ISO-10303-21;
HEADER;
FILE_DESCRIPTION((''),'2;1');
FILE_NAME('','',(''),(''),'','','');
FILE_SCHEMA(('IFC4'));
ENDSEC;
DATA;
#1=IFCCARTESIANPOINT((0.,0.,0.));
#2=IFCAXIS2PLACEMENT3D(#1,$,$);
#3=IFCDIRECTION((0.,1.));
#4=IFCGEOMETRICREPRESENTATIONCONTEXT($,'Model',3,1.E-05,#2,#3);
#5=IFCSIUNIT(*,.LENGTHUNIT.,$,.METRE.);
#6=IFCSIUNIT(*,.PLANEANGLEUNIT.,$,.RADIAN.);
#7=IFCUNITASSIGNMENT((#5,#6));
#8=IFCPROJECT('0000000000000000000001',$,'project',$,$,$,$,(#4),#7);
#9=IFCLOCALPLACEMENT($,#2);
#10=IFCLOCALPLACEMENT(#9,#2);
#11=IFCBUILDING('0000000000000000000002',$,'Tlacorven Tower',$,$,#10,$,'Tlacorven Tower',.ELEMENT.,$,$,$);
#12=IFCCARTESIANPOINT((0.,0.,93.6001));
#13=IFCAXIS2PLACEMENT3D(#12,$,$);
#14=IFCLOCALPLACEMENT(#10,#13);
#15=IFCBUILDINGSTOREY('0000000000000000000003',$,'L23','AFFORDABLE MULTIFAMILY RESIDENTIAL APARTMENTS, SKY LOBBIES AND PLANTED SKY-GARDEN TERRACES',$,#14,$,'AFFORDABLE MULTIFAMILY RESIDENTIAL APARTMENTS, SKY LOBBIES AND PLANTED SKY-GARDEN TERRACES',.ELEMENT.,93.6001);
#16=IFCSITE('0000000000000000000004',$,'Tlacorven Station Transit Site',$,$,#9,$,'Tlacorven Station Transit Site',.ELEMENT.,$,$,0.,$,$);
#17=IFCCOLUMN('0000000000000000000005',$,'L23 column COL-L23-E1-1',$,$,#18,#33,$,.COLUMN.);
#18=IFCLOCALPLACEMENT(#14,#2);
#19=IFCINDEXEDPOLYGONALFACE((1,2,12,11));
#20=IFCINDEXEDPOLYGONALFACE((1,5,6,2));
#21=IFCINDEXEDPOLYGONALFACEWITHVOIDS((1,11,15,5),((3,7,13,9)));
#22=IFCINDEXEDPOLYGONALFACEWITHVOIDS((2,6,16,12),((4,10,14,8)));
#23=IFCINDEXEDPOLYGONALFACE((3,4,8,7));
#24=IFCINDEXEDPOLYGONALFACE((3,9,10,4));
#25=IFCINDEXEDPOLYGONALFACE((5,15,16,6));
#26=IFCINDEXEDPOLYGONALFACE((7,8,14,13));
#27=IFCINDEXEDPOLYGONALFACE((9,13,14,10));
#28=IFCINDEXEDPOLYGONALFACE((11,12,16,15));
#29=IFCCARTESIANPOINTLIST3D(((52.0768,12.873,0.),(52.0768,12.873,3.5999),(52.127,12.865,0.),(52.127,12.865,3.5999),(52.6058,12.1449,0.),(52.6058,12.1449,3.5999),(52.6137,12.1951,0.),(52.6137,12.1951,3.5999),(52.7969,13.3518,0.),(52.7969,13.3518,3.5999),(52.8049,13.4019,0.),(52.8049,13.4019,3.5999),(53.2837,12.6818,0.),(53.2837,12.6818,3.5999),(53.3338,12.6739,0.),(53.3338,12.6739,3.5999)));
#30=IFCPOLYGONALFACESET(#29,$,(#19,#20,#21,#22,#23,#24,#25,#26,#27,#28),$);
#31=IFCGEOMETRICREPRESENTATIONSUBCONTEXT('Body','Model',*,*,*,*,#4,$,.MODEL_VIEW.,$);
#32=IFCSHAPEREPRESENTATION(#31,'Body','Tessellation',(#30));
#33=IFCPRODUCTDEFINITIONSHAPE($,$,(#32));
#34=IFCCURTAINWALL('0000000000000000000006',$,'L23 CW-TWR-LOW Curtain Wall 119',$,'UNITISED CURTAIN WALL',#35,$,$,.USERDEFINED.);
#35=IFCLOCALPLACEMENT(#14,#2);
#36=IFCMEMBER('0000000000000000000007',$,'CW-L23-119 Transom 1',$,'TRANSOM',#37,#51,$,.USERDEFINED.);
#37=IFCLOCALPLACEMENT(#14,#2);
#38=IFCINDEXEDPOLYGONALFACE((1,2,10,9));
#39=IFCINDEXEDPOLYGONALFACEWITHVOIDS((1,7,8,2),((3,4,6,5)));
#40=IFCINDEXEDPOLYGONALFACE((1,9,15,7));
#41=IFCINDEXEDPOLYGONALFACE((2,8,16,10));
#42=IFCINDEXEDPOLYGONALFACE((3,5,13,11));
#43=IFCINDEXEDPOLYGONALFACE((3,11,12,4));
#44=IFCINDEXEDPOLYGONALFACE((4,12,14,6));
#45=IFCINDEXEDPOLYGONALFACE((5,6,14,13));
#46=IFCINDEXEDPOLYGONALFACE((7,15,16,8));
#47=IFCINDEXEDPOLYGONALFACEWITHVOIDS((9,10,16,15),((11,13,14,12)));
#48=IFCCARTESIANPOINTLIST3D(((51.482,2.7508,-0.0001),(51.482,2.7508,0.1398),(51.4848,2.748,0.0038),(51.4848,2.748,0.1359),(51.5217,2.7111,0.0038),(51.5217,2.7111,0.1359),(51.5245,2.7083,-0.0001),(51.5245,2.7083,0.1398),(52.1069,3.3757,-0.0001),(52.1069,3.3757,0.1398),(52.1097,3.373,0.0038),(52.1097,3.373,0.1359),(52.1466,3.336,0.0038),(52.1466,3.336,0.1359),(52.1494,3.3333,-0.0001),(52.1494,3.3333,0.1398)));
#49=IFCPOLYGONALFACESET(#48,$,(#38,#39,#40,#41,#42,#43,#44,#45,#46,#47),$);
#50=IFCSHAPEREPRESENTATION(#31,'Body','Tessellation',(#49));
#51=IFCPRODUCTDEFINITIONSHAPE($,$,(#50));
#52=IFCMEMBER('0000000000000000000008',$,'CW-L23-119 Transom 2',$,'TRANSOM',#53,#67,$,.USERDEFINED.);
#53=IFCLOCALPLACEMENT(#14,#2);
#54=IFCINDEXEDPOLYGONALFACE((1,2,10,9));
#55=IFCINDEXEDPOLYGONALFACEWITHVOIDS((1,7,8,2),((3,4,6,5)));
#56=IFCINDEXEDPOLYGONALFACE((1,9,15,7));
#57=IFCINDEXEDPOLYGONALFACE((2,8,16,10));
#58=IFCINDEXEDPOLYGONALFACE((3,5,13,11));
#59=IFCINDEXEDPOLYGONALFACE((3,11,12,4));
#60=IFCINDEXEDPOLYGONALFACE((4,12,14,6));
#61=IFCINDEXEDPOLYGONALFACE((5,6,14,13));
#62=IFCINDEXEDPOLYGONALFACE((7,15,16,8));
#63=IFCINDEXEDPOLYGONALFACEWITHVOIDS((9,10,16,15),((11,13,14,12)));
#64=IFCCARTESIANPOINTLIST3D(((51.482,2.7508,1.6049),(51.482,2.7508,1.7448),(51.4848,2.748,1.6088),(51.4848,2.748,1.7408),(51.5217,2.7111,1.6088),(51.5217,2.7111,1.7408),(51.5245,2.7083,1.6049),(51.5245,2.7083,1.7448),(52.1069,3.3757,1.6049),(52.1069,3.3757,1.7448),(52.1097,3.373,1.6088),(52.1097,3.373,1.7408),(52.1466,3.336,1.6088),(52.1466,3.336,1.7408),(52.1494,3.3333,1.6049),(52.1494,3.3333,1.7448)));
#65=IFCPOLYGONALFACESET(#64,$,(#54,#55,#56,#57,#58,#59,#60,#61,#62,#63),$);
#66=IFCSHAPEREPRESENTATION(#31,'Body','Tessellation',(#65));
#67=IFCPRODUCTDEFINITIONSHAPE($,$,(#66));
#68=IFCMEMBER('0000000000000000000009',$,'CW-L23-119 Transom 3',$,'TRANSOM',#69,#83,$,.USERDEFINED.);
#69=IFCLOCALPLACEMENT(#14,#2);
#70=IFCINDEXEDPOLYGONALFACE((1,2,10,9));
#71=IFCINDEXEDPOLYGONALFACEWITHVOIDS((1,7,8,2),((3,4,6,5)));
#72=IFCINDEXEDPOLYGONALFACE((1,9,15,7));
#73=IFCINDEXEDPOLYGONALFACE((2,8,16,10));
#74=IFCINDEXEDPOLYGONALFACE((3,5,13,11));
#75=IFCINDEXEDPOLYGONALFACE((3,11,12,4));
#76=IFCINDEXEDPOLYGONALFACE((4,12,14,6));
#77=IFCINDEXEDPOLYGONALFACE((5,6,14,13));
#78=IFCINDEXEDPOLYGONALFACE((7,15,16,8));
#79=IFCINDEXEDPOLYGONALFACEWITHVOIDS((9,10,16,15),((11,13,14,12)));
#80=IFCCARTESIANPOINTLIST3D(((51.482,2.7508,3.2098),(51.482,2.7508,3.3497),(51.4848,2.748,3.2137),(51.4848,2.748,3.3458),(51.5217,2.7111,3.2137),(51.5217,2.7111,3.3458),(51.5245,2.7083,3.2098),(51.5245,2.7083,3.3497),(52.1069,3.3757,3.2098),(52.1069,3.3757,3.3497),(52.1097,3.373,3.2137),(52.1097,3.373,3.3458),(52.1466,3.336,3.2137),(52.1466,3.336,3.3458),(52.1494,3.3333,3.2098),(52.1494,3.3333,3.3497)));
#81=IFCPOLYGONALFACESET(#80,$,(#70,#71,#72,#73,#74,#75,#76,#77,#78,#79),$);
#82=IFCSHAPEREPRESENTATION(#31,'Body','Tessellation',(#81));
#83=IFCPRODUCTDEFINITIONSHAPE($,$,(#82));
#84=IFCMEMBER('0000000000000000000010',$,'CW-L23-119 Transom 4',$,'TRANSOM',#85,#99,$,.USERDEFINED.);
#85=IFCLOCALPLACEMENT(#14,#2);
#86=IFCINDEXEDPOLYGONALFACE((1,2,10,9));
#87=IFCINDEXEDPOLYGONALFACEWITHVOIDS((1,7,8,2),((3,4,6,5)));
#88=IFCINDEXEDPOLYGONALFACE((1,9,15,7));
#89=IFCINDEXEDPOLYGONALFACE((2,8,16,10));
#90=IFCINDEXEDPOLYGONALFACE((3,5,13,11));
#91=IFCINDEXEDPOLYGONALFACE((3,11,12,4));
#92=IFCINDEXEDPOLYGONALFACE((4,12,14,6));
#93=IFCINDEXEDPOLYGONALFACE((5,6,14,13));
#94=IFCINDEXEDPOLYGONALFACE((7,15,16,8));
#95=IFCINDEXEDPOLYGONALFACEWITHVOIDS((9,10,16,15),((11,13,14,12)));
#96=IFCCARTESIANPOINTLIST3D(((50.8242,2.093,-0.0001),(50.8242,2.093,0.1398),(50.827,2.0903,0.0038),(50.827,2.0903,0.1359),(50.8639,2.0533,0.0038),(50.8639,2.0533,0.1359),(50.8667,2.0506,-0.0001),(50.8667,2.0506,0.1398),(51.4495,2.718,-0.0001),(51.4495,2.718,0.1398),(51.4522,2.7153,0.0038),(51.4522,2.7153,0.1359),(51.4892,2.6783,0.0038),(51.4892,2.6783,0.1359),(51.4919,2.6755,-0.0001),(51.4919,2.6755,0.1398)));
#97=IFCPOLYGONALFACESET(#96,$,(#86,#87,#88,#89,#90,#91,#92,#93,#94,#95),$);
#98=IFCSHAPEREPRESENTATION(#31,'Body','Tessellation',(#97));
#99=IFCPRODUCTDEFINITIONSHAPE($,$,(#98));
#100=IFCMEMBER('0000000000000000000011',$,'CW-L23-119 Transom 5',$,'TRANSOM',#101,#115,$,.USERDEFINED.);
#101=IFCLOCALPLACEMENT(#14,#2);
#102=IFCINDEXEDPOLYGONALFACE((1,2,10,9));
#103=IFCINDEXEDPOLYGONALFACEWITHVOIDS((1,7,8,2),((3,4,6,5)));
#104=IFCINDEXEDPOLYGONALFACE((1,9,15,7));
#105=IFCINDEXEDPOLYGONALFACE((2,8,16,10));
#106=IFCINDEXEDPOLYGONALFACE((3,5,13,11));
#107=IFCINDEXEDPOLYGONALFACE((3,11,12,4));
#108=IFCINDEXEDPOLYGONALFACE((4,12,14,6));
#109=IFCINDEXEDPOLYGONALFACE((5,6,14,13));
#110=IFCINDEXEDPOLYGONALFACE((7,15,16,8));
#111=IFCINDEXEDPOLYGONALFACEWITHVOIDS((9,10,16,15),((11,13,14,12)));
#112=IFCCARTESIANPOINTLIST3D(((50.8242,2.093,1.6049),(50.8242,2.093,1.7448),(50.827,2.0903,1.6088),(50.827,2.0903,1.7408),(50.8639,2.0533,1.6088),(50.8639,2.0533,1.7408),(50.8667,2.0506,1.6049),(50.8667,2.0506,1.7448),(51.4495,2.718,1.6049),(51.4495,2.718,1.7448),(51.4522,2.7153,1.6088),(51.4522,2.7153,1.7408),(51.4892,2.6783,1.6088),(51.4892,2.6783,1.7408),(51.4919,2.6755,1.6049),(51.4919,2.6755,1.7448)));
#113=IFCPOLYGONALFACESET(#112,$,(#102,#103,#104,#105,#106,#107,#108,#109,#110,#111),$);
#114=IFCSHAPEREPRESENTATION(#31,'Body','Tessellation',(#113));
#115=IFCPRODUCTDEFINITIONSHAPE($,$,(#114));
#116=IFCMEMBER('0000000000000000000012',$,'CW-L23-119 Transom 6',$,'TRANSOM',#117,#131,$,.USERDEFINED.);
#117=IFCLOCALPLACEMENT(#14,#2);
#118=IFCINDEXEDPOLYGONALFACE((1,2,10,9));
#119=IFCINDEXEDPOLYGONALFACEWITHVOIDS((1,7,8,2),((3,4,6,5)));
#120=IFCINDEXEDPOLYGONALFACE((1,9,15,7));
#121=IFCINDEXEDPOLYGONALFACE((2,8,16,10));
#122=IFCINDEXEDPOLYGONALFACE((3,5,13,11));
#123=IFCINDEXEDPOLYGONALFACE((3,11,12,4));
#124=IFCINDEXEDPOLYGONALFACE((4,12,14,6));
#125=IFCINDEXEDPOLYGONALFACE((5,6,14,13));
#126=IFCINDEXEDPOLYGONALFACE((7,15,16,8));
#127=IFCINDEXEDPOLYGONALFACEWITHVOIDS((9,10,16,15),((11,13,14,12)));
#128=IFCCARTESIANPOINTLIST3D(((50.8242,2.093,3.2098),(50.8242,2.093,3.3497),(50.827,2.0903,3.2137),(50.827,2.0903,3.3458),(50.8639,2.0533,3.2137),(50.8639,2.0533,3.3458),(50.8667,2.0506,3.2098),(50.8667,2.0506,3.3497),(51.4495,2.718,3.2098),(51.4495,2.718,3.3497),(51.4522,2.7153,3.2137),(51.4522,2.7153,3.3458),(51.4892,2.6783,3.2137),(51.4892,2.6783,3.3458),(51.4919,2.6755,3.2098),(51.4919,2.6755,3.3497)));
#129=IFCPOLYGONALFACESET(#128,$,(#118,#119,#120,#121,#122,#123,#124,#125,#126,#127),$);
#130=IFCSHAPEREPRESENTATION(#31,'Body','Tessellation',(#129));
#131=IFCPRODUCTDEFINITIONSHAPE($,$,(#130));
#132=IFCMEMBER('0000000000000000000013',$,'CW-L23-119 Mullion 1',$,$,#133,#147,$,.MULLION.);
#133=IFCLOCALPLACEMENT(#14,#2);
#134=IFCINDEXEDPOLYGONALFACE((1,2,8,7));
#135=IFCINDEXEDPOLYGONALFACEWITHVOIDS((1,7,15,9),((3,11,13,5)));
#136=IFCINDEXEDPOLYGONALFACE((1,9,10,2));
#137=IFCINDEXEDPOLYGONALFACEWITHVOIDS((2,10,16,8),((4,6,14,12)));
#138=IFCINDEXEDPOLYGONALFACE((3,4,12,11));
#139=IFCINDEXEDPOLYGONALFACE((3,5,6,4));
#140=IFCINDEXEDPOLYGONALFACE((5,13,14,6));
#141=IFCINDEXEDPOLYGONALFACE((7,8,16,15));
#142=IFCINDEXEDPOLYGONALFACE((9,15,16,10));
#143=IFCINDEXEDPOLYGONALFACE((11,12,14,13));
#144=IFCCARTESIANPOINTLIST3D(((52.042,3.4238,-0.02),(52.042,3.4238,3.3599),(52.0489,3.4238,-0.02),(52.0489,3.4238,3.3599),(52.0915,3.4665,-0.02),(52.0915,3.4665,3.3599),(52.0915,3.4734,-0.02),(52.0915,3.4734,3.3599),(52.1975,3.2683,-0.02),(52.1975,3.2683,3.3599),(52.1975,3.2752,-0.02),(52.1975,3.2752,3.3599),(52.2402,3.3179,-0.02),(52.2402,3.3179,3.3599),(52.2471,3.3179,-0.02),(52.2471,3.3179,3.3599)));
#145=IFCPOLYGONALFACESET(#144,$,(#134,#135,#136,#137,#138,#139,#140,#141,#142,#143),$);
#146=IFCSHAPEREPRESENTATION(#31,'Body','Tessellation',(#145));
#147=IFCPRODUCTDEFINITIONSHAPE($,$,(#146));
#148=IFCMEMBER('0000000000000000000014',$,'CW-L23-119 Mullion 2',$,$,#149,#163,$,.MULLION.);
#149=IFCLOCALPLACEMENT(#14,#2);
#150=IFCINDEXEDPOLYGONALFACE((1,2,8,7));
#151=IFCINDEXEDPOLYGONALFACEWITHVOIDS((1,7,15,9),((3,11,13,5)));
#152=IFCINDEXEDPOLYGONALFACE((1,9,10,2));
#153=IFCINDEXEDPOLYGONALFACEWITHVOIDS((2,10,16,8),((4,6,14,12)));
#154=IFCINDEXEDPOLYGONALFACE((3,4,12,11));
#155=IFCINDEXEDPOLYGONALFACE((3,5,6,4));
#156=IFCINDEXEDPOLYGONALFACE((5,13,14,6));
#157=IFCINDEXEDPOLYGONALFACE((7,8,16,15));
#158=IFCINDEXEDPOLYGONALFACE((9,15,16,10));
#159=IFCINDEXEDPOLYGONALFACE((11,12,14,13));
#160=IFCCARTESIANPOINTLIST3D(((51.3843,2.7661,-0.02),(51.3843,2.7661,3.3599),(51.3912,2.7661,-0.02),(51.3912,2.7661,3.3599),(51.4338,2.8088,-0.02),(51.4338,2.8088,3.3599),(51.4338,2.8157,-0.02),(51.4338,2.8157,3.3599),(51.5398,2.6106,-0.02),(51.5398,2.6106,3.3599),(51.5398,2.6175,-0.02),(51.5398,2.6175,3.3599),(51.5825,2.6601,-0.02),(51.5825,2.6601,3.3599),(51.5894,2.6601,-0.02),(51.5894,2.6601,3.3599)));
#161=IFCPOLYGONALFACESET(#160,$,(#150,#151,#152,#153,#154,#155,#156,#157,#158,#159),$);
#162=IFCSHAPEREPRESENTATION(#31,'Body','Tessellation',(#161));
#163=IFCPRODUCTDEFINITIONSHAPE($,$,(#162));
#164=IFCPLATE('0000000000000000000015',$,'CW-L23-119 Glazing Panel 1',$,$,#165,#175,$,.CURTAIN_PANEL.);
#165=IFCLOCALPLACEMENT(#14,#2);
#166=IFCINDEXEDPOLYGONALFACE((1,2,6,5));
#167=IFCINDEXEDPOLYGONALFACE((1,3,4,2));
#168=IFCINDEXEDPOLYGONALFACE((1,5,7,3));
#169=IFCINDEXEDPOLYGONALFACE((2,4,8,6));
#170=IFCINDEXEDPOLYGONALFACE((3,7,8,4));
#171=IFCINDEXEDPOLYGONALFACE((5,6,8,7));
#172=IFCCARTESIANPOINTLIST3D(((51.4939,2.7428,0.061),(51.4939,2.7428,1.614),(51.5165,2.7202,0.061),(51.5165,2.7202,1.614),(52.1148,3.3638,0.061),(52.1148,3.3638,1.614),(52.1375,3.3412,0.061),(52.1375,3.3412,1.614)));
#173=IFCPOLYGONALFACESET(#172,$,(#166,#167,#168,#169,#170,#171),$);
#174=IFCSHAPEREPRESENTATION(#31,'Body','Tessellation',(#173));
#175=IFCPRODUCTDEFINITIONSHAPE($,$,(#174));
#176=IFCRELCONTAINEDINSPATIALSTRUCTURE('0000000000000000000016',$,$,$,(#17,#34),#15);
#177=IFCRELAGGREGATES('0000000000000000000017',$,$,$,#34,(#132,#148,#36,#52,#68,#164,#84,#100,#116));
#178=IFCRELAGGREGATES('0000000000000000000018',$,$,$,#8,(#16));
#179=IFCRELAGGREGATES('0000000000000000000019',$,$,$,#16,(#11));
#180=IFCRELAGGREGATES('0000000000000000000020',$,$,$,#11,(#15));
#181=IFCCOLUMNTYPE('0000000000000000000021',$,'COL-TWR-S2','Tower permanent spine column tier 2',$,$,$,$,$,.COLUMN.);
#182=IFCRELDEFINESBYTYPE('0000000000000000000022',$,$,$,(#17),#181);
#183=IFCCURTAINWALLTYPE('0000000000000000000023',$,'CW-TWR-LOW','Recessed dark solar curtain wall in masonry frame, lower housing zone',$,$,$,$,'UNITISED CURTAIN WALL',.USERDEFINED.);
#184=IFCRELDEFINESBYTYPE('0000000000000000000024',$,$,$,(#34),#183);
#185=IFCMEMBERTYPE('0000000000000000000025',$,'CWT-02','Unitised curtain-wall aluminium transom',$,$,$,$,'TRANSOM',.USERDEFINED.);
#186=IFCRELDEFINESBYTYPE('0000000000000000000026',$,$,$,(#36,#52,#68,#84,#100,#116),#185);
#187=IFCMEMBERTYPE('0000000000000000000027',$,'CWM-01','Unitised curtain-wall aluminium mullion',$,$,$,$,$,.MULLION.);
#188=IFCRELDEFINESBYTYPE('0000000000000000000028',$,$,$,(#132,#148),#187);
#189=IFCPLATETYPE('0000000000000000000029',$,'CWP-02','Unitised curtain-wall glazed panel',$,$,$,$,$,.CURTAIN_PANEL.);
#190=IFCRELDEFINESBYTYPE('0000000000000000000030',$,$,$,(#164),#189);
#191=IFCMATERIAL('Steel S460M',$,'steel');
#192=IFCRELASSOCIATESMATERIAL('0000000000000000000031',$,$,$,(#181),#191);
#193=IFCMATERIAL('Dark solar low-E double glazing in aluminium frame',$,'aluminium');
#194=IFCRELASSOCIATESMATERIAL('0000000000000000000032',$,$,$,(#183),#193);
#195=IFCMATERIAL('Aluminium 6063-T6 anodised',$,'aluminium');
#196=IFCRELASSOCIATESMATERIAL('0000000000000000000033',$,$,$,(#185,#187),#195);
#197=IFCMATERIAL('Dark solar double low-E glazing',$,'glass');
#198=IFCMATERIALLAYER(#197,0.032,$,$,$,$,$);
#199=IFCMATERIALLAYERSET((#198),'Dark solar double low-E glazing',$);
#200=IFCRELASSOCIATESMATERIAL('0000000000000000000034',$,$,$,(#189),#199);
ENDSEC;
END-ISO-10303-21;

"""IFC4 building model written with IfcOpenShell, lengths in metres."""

from ifc_helpers import new_model, si_unit, direction, frame, origin, origin_2d, place, context, subcontext, project, spatial, rectangle, hollow_rectangle, extrude, source, transform, mapped, material, layer, layer_set, material_profile, profile_set, type_object, element, aggregate, save


model = new_model("IFC4")

# Units and contexts
model_context = context("Model", 3, precision=1e-05, world=origin(), true_north=direction((0.0, 1.0)))
body_context = subcontext(model_context, "Body", "Model", "MODEL_VIEW")
ifc_project = project(units=[si_unit("LENGTHUNIT", "METRE"), si_unit("PLANEANGLEUNIT", "RADIAN")], contexts=[model_context])

# Site, building, storey
site_placement = place(None, origin())
site = spatial("IfcSite", under=ifc_project, at=site_placement, Name="Tlacorven Station Transit Site", LongName="Tlacorven Station Transit Site", CompositionType="ELEMENT", RefElevation=0.0)
building_placement = place(site_placement, origin())
building = spatial("IfcBuilding", under=site, at=building_placement, Name="Tlacorven Tower", LongName="Tlacorven Tower", CompositionType="ELEMENT")
storey_placement = place(building_placement, frame((0.0, 0.0, 93.6001)))
storey = spatial("IfcBuildingStorey", under=building, at=storey_placement, Name="L23", Description="AFFORDABLE MULTIFAMILY RESIDENTIAL APARTMENTS, SKY LOBBIES AND PLANTED SKY-GARDEN TERRACES", LongName="AFFORDABLE MULTIFAMILY RESIDENTIAL APARTMENTS, SKY LOBBIES AND PLANTED SKY-GARDEN TERRACES", CompositionType="ELEMENT", Elevation=93.6001)

# Column
ifc_material_1 = material(Name="Steel S460M", Category="steel")
ifc_material_profile_1 = material_profile(ifc_material_1, hollow_rectangle(XDim=0.8999, YDim=0.8999, WallThickness=0.0359, at=origin_2d()), Name="BOX 900X900X36")
ifc_profile_set_1 = profile_set([ifc_material_profile_1], Name="Steel S460M")
column_type = type_object("IfcColumnType", Name="COL-TWR-S2", Description="Tower permanent spine column tier 2", PredefinedType="COLUMN", material=ifc_profile_set_1)
shared_shape_1 = source(origin(), body_context, "Body", "SweptSolid", [
    extrude(hollow_rectangle(XDim=0.8999, YDim=0.8999, WallThickness=0.0359, at=origin_2d()), origin(), (0.0, 0.0, 1.0), 3.5999),
])
column_placement = place(storey_placement, frame((52.7053, 12.7734, 0.0), z_axis=(0.0, 0.0, 1.0), x_axis=(0.809017, 0.587785, 0.0)))
element("IfcColumn", 1, at=column_placement, inside=storey, type_object=column_type, Name="L23 column COL-L23-E1-1", PredefinedType="COLUMN", context=body_context, shape_type="MappedRepresentation", body=[
    mapped(shared_shape_1, transform((0.0, 0.0, 0.0), scale=1.0)),
])

# Curtain wall, members, plate
ifc_material_2 = material(Name="Dark solar low-E double glazing in aluminium frame", Category="aluminium")
curtain_wall_type = type_object("IfcCurtainWallType", Name="CW-TWR-LOW", Description="Recessed dark solar curtain wall in masonry frame, lower housing zone", ElementType="UNITISED CURTAIN WALL", PredefinedType="USERDEFINED", material=ifc_material_2)
curtain_wall_placement = place(storey_placement, origin())
curtain_wall = element("IfcCurtainWall", 2, at=curtain_wall_placement, inside=storey, type_object=curtain_wall_type, Name="L23 CW-TWR-LOW Curtain Wall 119", ObjectType="UNITISED CURTAIN WALL", PredefinedType="USERDEFINED")
ifc_material_3 = material(Name="Aluminium 6063-T6 anodised", Category="aluminium")
ifc_material_profile_2 = material_profile(ifc_material_3, hollow_rectangle(XDim=0.0601, YDim=0.1399, WallThickness=0.0039, at=origin_2d()), Name="ALU TRANSOM 60X140")
ifc_profile_set_2 = profile_set([ifc_material_profile_2], Name="Aluminium 6063-T6 anodised")
member_type_1 = type_object("IfcMemberType", Name="CWT-02", Description="Unitised curtain-wall aluminium transom", ElementType="TRANSOM", PredefinedType="USERDEFINED", material=ifc_profile_set_2)
shared_shape_2 = source(origin(), body_context, "Body", "SweptSolid", [
    extrude(hollow_rectangle(XDim=0.0601, YDim=0.1399, WallThickness=0.0039, at=origin_2d()), origin(), (0.0, 0.0, 1.0), 0.8838),
])
member_1_placement = place(storey_placement, frame((52.1282, 3.3545, 0.0698), z_axis=(-0.707107, -0.707107, 0.0), x_axis=(0.707107, -0.707107, 0.0)))
member_1 = element("IfcMember", 3, at=member_1_placement, type_object=member_type_1, Name="CW-L23-119 Transom 1", ObjectType="TRANSOM", PredefinedType="USERDEFINED", context=body_context, shape_type="MappedRepresentation", body=[
    mapped(shared_shape_2, transform((0.0, 0.0, 0.0), scale=1.0)),
])
member_2_placement = place(storey_placement, frame((52.1282, 3.3545, 1.6748), z_axis=(-0.707107, -0.707107, 0.0), x_axis=(0.707107, -0.707107, 0.0)))
member_2 = element("IfcMember", 4, at=member_2_placement, type_object=member_type_1, Name="CW-L23-119 Transom 2", ObjectType="TRANSOM", PredefinedType="USERDEFINED", context=body_context, shape_type="MappedRepresentation", body=[
    mapped(shared_shape_2, transform((0.0, 0.0, 0.0), scale=1.0)),
])
member_3_placement = place(storey_placement, frame((52.1282, 3.3545, 3.2798), z_axis=(-0.707107, -0.707107, 0.0), x_axis=(0.707107, -0.707107, 0.0)))
member_3 = element("IfcMember", 5, at=member_3_placement, type_object=member_type_1, Name="CW-L23-119 Transom 3", ObjectType="TRANSOM", PredefinedType="USERDEFINED", context=body_context, shape_type="MappedRepresentation", body=[
    mapped(shared_shape_2, transform((0.0, 0.0, 0.0), scale=1.0)),
])
shared_shape_3 = source(origin(), body_context, "Body", "SweptSolid", [
    extrude(hollow_rectangle(XDim=0.0601, YDim=0.1399, WallThickness=0.0039, at=origin_2d()), origin(), (0.0, 0.0, 1.0), 0.884),
])
member_4_placement = place(storey_placement, frame((51.4707, 2.6968, 0.0698), z_axis=(-0.707245, -0.706969, 0.0), x_axis=(0.706969, -0.707245, 0.0)))
member_4 = element("IfcMember", 6, at=member_4_placement, type_object=member_type_1, Name="CW-L23-119 Transom 4", ObjectType="TRANSOM", PredefinedType="USERDEFINED", context=body_context, shape_type="MappedRepresentation", body=[
    mapped(shared_shape_3, transform((0.0, 0.0, 0.0), scale=1.0)),
])
member_5_placement = place(storey_placement, frame((51.4707, 2.6968, 1.6748), z_axis=(-0.707245, -0.706969, 0.0), x_axis=(0.706969, -0.707245, 0.0)))
member_5 = element("IfcMember", 7, at=member_5_placement, type_object=member_type_1, Name="CW-L23-119 Transom 5", ObjectType="TRANSOM", PredefinedType="USERDEFINED", context=body_context, shape_type="MappedRepresentation", body=[
    mapped(shared_shape_3, transform((0.0, 0.0, 0.0), scale=1.0)),
])
member_6_placement = place(storey_placement, frame((51.4707, 2.6968, 3.2798), z_axis=(-0.707245, -0.706969, 0.0), x_axis=(0.706969, -0.707245, 0.0)))
member_6 = element("IfcMember", 8, at=member_6_placement, type_object=member_type_1, Name="CW-L23-119 Transom 6", ObjectType="TRANSOM", PredefinedType="USERDEFINED", context=body_context, shape_type="MappedRepresentation", body=[
    mapped(shared_shape_3, transform((0.0, 0.0, 0.0), scale=1.0)),
])
ifc_material_profile_3 = material_profile(ifc_material_3, hollow_rectangle(XDim=0.0701, YDim=0.22, WallThickness=0.0049, at=origin_2d()), Name="ALU MULLION 70X220")
ifc_profile_set_3 = profile_set([ifc_material_profile_3], Name="Aluminium 6063-T6 anodised")
member_type_2 = type_object("IfcMemberType", Name="CWM-01", Description="Unitised curtain-wall aluminium mullion", PredefinedType="MULLION", material=ifc_profile_set_3)
shared_shape_4 = source(origin(), body_context, "Body", "SweptSolid", [
    extrude(hollow_rectangle(XDim=0.0701, YDim=0.22, WallThickness=0.0049, at=origin_2d()), origin(), (0.0, 0.0, 1.0), 3.3799),
])
member_7_placement = place(storey_placement, frame((52.1445, 3.3708, -0.02), z_axis=(0.0, 0.0, 1.0), x_axis=(-0.707107, -0.707107, 0.0)))
member_7 = element("IfcMember", 9, at=member_7_placement, type_object=member_type_2, Name="CW-L23-119 Mullion 1", PredefinedType="MULLION", context=body_context, shape_type="MappedRepresentation", body=[
    mapped(shared_shape_4, transform((0.0, 0.0, 0.0), scale=1.0)),
])
member_8_placement = place(storey_placement, frame((51.4868, 2.7131, -0.02), z_axis=(0.0, 0.0, 1.0), x_axis=(-0.707107, -0.707107, 0.0)))
member_8 = element("IfcMember", 10, at=member_8_placement, type_object=member_type_2, Name="CW-L23-119 Mullion 2", PredefinedType="MULLION", context=body_context, shape_type="MappedRepresentation", body=[
    mapped(shared_shape_4, transform((0.0, 0.0, 0.0), scale=1.0)),
])
ifc_material_4 = material(Name="Dark solar double low-E glazing", Category="glass")
ifc_layer_1 = layer(ifc_material_4, 0.032)
ifc_layer_set_1 = layer_set([ifc_layer_1], Name="Dark solar double low-E glazing")
plate_type = type_object("IfcPlateType", Name="CWP-02", Description="Unitised curtain-wall glazed panel", PredefinedType="CURTAIN_PANEL", material=ifc_layer_set_1)
shared_shape_5 = source(origin(), body_context, "Body", "SweptSolid", [
    extrude(rectangle(XDim=0.8782, YDim=0.032, at=origin_2d()), origin(), (0.0, 0.0, 1.0), 1.553),
])
plate_1_placement = place(storey_placement, frame((51.8157, 3.042, 0.061), z_axis=(0.0, 0.0, 1.0), x_axis=(-0.707107, -0.707107, 0.0)))
plate_1 = element("IfcPlate", 11, at=plate_1_placement, type_object=plate_type, Name="CW-L23-119 Glazing Panel 1", PredefinedType="CURTAIN_PANEL", context=body_context, shape_type="MappedRepresentation", body=[
    mapped(shared_shape_5, transform((0.0, 0.0, 0.0), scale=1.0)),
])
aggregate(curtain_wall, [member_7, member_8, member_1, member_2, member_3, plate_1, member_4, member_5, member_6])

save(model, "model.ifc")
